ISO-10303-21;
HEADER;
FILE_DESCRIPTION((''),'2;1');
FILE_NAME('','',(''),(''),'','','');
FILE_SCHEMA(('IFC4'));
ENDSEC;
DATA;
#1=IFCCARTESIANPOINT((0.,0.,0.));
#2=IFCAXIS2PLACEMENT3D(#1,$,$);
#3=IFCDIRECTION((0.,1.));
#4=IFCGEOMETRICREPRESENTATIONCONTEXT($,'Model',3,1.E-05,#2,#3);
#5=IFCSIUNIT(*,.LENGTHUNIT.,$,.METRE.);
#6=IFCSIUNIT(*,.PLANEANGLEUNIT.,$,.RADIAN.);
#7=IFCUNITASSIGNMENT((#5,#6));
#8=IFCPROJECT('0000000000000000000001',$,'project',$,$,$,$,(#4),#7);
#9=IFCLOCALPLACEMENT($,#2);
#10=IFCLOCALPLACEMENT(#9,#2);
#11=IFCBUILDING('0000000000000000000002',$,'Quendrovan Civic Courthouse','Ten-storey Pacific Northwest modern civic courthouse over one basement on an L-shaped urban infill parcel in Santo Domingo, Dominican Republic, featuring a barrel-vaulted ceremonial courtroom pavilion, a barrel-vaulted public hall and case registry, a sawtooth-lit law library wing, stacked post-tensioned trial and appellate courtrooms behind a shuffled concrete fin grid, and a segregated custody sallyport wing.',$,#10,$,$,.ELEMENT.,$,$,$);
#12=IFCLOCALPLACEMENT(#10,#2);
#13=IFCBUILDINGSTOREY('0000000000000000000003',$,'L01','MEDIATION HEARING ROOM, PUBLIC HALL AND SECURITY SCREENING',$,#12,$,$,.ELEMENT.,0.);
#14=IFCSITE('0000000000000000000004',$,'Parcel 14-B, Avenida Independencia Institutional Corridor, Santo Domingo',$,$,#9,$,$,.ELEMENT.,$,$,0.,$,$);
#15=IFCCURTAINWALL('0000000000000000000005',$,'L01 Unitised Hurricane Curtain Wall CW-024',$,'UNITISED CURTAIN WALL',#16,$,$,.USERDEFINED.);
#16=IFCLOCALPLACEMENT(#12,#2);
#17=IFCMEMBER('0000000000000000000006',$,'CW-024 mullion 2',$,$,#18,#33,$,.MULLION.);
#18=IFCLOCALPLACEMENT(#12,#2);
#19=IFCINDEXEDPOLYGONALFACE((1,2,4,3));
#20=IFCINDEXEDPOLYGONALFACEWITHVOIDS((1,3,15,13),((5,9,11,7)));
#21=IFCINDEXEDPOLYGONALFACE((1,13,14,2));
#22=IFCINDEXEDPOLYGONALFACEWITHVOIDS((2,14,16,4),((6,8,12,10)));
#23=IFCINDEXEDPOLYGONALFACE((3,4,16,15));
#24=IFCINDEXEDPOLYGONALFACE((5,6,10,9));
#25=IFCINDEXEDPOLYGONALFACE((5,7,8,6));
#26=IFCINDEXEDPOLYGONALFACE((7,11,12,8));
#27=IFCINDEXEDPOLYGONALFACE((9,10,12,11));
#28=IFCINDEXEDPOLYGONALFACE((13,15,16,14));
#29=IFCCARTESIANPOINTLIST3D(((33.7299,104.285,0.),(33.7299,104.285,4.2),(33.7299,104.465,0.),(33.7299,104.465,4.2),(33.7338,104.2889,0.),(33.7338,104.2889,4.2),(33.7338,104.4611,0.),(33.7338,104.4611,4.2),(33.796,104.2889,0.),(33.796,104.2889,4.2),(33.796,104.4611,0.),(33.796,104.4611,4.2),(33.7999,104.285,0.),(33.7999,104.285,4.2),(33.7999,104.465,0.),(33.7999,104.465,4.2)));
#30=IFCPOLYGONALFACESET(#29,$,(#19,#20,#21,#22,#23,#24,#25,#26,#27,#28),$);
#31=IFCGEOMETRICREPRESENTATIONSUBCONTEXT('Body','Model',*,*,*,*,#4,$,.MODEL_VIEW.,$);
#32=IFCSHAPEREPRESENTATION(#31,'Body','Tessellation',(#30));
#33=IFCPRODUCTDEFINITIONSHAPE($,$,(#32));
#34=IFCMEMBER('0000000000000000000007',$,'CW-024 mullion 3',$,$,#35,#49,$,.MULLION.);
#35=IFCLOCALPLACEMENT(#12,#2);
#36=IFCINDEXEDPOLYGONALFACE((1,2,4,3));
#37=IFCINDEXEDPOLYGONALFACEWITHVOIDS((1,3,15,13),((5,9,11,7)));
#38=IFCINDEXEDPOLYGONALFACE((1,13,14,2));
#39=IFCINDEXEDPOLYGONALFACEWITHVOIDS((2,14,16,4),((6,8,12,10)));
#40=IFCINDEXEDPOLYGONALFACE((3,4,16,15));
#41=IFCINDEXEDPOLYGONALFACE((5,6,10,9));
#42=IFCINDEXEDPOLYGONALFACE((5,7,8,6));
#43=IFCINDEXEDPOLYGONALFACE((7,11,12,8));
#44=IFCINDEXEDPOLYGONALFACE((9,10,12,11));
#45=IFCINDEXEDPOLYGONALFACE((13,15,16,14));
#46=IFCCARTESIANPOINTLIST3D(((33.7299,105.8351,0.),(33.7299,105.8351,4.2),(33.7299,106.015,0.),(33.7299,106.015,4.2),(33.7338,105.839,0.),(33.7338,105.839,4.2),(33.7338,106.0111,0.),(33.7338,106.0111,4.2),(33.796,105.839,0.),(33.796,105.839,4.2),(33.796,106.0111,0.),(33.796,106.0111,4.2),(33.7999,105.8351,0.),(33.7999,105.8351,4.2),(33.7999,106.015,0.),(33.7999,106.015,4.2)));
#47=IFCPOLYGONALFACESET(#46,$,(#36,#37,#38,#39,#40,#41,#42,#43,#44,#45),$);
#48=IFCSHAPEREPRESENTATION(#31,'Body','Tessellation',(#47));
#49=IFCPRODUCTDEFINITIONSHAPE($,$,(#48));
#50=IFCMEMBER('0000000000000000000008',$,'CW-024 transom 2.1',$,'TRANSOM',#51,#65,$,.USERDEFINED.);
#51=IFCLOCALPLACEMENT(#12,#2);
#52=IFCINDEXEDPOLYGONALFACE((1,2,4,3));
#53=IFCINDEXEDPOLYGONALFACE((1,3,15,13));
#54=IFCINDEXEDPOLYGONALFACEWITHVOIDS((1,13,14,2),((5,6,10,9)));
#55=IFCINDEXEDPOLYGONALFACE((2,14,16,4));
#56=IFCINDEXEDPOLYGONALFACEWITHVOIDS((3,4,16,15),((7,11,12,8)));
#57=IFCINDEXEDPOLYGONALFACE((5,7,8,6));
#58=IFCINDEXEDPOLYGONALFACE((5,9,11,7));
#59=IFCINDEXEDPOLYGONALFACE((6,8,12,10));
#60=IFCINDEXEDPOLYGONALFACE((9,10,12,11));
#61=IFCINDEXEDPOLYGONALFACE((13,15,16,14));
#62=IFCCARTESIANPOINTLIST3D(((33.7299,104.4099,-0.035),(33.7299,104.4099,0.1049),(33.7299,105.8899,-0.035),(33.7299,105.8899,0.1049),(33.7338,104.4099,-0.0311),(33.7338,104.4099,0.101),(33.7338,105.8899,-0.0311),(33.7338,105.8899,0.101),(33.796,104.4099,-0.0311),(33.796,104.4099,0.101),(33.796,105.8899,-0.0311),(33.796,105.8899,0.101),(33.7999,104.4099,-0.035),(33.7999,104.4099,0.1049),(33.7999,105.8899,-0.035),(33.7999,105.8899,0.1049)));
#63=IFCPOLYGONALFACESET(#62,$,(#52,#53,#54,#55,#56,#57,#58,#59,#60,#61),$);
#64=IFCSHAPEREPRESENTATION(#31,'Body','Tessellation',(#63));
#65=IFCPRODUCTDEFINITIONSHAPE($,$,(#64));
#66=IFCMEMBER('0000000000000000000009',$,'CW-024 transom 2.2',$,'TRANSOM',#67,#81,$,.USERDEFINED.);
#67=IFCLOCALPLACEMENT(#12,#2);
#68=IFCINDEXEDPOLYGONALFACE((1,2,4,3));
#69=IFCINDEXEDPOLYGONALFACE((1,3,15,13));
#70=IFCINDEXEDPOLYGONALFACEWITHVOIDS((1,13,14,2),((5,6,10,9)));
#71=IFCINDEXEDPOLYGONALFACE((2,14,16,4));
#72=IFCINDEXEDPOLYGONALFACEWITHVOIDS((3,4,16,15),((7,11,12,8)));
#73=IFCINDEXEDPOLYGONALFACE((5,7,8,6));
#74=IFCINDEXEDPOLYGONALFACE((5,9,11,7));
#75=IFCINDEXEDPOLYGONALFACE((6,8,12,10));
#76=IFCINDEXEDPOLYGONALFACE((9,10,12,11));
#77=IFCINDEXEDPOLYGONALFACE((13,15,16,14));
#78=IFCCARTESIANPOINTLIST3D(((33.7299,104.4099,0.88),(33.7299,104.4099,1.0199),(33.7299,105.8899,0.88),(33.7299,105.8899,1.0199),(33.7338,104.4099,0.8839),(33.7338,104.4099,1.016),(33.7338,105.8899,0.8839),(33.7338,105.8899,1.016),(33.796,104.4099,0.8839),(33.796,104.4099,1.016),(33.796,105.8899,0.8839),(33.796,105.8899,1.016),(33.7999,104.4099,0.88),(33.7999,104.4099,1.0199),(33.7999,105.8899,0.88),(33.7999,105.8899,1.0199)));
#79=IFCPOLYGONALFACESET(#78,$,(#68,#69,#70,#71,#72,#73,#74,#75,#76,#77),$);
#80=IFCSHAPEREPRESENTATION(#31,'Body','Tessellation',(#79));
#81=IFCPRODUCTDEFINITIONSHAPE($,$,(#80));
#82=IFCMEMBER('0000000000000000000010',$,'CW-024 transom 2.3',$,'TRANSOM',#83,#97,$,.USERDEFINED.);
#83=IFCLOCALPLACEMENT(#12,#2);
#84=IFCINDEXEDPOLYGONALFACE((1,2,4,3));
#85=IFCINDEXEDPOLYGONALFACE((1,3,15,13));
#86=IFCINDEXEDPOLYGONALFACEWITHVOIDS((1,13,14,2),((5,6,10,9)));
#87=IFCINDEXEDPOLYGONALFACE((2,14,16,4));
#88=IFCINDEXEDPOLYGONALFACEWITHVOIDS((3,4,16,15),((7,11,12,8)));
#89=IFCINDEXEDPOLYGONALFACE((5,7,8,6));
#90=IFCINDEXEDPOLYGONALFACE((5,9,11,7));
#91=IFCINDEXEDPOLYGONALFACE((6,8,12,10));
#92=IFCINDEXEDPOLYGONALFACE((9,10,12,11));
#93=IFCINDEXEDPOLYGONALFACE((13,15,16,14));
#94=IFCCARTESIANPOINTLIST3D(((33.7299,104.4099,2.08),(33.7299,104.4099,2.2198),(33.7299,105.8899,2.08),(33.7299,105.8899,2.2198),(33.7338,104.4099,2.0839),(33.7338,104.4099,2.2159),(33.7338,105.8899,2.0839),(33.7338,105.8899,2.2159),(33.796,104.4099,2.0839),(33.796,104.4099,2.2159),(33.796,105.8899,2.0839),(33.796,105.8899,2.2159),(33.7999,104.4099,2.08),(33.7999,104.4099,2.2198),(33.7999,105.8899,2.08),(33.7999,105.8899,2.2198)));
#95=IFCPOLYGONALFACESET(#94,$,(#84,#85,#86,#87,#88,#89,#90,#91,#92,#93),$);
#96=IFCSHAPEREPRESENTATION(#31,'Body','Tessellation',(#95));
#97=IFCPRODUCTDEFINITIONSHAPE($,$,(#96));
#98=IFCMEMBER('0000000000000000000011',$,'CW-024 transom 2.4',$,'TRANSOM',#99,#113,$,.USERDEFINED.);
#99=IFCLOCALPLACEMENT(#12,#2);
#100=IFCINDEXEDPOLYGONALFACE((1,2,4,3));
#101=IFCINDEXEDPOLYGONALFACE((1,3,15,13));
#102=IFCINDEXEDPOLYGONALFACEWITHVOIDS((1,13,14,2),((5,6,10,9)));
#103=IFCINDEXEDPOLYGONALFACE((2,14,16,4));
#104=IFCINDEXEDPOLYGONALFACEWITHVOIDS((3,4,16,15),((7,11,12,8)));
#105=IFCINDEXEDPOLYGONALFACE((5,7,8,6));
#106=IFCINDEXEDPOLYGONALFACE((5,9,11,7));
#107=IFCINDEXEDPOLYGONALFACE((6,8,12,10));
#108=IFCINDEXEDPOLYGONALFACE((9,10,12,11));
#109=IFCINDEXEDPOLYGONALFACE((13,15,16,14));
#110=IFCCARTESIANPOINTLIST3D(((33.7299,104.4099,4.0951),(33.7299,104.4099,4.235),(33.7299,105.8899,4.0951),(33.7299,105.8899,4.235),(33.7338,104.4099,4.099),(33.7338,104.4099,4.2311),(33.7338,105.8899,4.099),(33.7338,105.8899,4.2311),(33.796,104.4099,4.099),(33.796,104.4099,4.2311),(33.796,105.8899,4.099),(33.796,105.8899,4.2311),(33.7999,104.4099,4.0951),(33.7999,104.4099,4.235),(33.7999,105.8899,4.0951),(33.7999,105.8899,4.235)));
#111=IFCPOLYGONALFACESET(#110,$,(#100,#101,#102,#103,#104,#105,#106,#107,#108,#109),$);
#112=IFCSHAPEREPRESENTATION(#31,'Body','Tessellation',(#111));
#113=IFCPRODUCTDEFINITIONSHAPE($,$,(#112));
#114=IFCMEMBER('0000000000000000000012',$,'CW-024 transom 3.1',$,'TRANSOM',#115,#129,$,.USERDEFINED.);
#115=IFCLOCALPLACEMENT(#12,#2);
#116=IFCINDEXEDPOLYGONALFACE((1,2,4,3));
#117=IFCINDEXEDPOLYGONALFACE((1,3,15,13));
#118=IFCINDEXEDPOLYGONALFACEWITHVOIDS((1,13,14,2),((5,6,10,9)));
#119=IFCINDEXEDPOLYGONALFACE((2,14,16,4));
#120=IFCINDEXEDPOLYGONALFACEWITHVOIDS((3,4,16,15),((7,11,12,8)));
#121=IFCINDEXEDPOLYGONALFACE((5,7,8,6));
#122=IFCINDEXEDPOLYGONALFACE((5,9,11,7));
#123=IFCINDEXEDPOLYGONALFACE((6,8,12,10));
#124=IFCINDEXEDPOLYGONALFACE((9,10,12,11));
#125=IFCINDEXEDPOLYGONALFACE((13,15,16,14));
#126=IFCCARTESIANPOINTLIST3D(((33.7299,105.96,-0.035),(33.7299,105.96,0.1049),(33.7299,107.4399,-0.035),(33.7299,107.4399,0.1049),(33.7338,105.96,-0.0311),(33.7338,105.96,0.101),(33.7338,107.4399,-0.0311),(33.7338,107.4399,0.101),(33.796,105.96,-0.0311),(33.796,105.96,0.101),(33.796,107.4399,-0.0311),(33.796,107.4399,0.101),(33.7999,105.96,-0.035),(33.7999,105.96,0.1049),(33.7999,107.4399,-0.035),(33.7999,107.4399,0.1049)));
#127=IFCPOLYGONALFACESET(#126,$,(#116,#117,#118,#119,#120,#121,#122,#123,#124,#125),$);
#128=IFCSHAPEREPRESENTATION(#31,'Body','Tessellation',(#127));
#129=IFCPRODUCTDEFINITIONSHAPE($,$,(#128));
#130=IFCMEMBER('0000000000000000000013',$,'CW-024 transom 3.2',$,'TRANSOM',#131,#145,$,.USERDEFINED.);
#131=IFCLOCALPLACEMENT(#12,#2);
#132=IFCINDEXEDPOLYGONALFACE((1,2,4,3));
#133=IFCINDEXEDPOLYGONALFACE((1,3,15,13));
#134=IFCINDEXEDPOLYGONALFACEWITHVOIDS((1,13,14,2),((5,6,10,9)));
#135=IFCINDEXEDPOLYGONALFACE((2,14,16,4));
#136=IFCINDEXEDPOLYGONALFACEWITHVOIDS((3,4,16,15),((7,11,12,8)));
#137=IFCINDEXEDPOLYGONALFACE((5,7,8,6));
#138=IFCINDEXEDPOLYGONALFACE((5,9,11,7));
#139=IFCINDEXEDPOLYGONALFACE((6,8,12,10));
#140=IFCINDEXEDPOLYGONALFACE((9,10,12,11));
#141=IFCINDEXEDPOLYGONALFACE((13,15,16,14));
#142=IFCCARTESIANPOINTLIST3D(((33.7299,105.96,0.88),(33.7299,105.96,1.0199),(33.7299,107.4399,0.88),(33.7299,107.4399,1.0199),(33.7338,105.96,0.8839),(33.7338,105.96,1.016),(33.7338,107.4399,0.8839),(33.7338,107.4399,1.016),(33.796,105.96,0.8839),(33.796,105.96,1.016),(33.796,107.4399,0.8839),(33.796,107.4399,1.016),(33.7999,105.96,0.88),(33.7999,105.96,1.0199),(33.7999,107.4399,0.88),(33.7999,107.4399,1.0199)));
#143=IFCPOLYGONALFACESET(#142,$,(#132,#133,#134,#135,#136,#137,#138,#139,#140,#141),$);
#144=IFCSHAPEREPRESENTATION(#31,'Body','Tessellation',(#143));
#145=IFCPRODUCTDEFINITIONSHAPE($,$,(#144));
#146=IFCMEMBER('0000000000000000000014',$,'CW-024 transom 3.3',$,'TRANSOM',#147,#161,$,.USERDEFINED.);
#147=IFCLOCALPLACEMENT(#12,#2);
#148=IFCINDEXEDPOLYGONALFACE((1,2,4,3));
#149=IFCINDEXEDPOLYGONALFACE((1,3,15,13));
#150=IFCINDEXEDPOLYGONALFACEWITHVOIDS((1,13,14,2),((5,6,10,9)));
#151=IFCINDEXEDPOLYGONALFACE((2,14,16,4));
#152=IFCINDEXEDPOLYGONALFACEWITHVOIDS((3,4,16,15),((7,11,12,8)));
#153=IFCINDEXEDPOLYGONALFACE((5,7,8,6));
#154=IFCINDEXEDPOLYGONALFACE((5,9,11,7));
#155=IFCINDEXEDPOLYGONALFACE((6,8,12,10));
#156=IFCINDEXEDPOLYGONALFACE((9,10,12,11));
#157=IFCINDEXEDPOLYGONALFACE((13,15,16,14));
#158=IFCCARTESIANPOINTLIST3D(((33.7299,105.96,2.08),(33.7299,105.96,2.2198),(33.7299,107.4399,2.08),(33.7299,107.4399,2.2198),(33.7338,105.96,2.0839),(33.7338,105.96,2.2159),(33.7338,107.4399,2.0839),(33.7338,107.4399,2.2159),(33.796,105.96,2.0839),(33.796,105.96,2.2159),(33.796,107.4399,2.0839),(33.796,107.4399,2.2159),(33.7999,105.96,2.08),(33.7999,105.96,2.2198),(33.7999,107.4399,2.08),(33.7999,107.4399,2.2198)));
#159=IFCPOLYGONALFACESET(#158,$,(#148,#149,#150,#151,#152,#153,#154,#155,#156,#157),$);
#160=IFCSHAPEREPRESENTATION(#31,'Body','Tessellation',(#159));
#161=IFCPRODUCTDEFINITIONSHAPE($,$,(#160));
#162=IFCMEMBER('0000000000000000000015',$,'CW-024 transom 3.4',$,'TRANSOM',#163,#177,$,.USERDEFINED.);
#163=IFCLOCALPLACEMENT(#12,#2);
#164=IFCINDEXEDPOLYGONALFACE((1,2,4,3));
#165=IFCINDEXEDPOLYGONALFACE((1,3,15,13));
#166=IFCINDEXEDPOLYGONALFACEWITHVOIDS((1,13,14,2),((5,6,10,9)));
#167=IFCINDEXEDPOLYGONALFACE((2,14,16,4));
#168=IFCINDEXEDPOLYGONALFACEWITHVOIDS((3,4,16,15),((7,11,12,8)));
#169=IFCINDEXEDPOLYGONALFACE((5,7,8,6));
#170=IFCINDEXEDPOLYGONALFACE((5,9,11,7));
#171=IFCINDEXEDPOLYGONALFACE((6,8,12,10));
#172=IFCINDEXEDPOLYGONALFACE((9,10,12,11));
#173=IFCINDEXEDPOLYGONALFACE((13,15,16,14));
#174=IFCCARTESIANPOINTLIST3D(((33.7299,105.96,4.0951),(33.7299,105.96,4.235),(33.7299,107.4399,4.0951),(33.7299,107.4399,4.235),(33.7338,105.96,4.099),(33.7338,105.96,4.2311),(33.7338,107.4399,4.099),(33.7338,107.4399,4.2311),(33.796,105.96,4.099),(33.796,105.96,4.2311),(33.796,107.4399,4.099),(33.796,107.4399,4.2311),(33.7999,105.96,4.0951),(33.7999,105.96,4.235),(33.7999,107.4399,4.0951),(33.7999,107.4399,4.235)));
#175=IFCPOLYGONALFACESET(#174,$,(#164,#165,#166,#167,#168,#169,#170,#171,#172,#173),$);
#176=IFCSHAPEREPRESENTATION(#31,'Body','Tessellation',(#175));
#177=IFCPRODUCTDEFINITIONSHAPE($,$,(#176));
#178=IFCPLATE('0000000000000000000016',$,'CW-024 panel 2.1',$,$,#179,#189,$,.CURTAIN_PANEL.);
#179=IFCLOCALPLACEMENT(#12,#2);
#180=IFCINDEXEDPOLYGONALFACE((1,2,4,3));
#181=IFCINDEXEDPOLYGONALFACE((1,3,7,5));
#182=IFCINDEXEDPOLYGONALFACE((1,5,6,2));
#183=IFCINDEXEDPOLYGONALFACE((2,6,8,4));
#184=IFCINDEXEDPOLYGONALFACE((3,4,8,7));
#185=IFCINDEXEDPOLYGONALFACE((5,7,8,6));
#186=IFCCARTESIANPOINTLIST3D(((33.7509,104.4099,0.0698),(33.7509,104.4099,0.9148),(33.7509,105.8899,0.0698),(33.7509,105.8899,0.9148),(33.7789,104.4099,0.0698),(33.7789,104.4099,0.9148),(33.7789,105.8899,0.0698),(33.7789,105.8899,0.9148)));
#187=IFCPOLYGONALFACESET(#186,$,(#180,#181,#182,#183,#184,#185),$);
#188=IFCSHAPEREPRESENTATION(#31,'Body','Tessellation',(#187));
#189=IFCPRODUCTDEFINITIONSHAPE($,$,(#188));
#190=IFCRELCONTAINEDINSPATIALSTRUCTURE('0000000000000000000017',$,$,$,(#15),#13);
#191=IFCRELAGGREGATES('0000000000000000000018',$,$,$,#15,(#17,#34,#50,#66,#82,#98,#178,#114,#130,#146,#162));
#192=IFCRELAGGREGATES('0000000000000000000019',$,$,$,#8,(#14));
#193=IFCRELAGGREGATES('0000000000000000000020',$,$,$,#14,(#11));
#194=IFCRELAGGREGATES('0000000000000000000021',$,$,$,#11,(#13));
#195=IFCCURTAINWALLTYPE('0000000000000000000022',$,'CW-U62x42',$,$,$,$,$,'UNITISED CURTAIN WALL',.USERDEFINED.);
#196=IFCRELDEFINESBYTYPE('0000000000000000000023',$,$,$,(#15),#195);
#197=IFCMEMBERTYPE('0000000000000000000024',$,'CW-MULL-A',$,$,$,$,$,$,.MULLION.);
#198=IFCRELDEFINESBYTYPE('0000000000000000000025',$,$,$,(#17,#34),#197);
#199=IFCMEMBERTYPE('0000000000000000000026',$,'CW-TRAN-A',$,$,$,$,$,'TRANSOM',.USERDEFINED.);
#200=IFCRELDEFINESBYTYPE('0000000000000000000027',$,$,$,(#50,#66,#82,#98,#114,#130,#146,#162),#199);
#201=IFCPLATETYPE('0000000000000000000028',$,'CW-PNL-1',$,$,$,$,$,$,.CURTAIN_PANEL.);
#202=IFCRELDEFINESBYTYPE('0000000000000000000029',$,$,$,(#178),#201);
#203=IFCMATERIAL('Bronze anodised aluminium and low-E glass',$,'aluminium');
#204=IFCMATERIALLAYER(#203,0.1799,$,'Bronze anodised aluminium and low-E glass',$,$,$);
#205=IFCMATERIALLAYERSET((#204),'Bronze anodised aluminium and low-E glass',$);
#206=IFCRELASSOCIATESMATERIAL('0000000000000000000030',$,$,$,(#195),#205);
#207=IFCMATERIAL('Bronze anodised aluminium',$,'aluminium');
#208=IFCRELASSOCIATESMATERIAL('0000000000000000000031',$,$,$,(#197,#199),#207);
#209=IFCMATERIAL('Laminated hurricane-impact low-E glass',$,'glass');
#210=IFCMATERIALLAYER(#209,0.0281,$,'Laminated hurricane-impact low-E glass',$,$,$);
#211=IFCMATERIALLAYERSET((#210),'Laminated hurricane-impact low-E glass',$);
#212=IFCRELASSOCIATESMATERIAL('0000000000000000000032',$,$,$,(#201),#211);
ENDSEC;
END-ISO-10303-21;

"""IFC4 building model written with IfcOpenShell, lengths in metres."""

from ifc_helpers import new_model, si_unit, direction, frame, origin, origin_2d, place, context, subcontext, project, spatial, rectangle, hollow_rectangle, extrude, material, layer, layer_set, material_profile, profile_set, type_object, element, aggregate, save


model = new_model("IFC4")

# Units and contexts
model_context = context("Model", 3, precision=1e-05, world=origin(), true_north=direction((0.0, 1.0)))
body_context = subcontext(model_context, "Body", "Model", "MODEL_VIEW")
ifc_project = project(units=[si_unit("LENGTHUNIT", "METRE"), si_unit("PLANEANGLEUNIT", "RADIAN")], contexts=[model_context])

# Site, building, storey
site_placement = place(None, origin())
site = spatial("IfcSite", under=ifc_project, at=site_placement, Name="Parcel 14-B, Avenida Independencia Institutional Corridor, Santo Domingo", CompositionType="ELEMENT", RefElevation=0.0)
building_placement = place(site_placement, origin())
building = spatial("IfcBuilding", under=site, at=building_placement, Name="Quendrovan Civic Courthouse", Description="Ten-storey Pacific Northwest modern civic courthouse over one basement on an L-shaped urban infill parcel in Santo Domingo, Dominican Republic, featuring a barrel-vaulted ceremonial courtroom pavilion, a barrel-vaulted public hall and case registry, a sawtooth-lit law library wing, stacked post-tensioned trial and appellate courtrooms behind a shuffled concrete fin grid, and a segregated custody sallyport wing.", CompositionType="ELEMENT")
storey_placement = place(building_placement, origin())
storey = spatial("IfcBuildingStorey", under=building, at=storey_placement, Name="L01", Description="MEDIATION HEARING ROOM, PUBLIC HALL AND SECURITY SCREENING", CompositionType="ELEMENT", Elevation=0.0)

# Curtain wall, members, plate
ifc_material_1 = material(Name="Bronze anodised aluminium and low-E glass", Category="aluminium")
ifc_layer_1 = layer(ifc_material_1, 0.1799, Name="Bronze anodised aluminium and low-E glass")
ifc_layer_set_1 = layer_set([ifc_layer_1], Name="Bronze anodised aluminium and low-E glass")
curtain_wall_type = type_object("IfcCurtainWallType", Name="CW-U62x42", ElementType="UNITISED CURTAIN WALL", PredefinedType="USERDEFINED", material=ifc_layer_set_1)
curtain_wall_placement = place(storey_placement, origin())
curtain_wall = element("IfcCurtainWall", 1, at=curtain_wall_placement, inside=storey, type_object=curtain_wall_type, Name="L01 Unitised Hurricane Curtain Wall CW-024", ObjectType="UNITISED CURTAIN WALL", PredefinedType="USERDEFINED")
ifc_material_2 = material(Name="Bronze anodised aluminium", Category="aluminium")
ifc_material_profile_1 = material_profile(ifc_material_2, hollow_rectangle(XDim=0.0701, YDim=0.1799, WallThickness=0.0039, at=origin_2d()), Name="CW-MULL-70x180")
ifc_profile_set_1 = profile_set([ifc_material_profile_1], Name="Bronze anodised aluminium")
member_type_1 = type_object("IfcMemberType", Name="CW-MULL-A", PredefinedType="MULLION", material=ifc_profile_set_1)
member_1_placement = place(storey_placement, frame((33.7649, 104.375, 0.0), z_axis=(0.0, 0.0, 1.0), x_axis=(-1.0, 0.0, 0.0)))
member_1 = element("IfcMember", 2, at=member_1_placement, type_object=member_type_1, Name="CW-024 mullion 2", PredefinedType="MULLION", context=body_context, shape_type="SweptSolid", body=[
    extrude(hollow_rectangle(XDim=0.0701, YDim=0.1799, WallThickness=0.0039, at=origin_2d()), origin(), (0.0, 0.0, 1.0), 4.2),
])
member_2_placement = place(storey_placement, frame((33.7649, 105.925, 0.0), z_axis=(0.0, 0.0, 1.0), x_axis=(-1.0, 0.0, 0.0)))
member_2 = element("IfcMember", 3, at=member_2_placement, type_object=member_type_1, Name="CW-024 mullion 3", PredefinedType="MULLION", context=body_context, shape_type="SweptSolid", body=[
    extrude(hollow_rectangle(XDim=0.0701, YDim=0.1799, WallThickness=0.0039, at=origin_2d()), origin(), (0.0, 0.0, 1.0), 4.2),
])
ifc_material_profile_2 = material_profile(ifc_material_2, hollow_rectangle(XDim=0.0701, YDim=0.1399, WallThickness=0.0039, at=origin_2d()), Name="CW-TRAN-70x140")
ifc_profile_set_2 = profile_set([ifc_material_profile_2], Name="Bronze anodised aluminium")
member_type_2 = type_object("IfcMemberType", Name="CW-TRAN-A", ElementType="TRANSOM", PredefinedType="USERDEFINED", material=ifc_profile_set_2)
member_3_placement = place(storey_placement, frame((33.7649, 104.4099, 0.0349), z_axis=(0.0, 1.0, 0.0), x_axis=(-1.0, 0.0, 0.0)))
member_3 = element("IfcMember", 4, at=member_3_placement, type_object=member_type_2, Name="CW-024 transom 2.1", ObjectType="TRANSOM", PredefinedType="USERDEFINED", context=body_context, shape_type="SweptSolid", body=[
    extrude(hollow_rectangle(XDim=0.0701, YDim=0.1399, WallThickness=0.0039, at=origin_2d()), origin(), (0.0, 0.0, 1.0), 1.48),
])
member_4_placement = place(storey_placement, frame((33.7649, 104.4099, 0.95), z_axis=(0.0, 1.0, 0.0), x_axis=(-1.0, 0.0, 0.0)))
member_4 = element("IfcMember", 5, at=member_4_placement, type_object=member_type_2, Name="CW-024 transom 2.2", ObjectType="TRANSOM", PredefinedType="USERDEFINED", context=body_context, shape_type="SweptSolid", body=[
    extrude(hollow_rectangle(XDim=0.0701, YDim=0.1399, WallThickness=0.0039, at=origin_2d()), origin(), (0.0, 0.0, 1.0), 1.48),
])
member_5_placement = place(storey_placement, frame((33.7649, 104.4099, 2.1499), z_axis=(0.0, 1.0, 0.0), x_axis=(-1.0, 0.0, 0.0)))
member_5 = element("IfcMember", 6, at=member_5_placement, type_object=member_type_2, Name="CW-024 transom 2.3", ObjectType="TRANSOM", PredefinedType="USERDEFINED", context=body_context, shape_type="SweptSolid", body=[
    extrude(hollow_rectangle(XDim=0.0701, YDim=0.1399, WallThickness=0.0039, at=origin_2d()), origin(), (0.0, 0.0, 1.0), 1.48),
])
member_6_placement = place(storey_placement, frame((33.7649, 104.4099, 4.165), z_axis=(0.0, 1.0, 0.0), x_axis=(-1.0, 0.0, 0.0)))
member_6 = element("IfcMember", 7, at=member_6_placement, type_object=member_type_2, Name="CW-024 transom 2.4", ObjectType="TRANSOM", PredefinedType="USERDEFINED", context=body_context, shape_type="SweptSolid", body=[
    extrude(hollow_rectangle(XDim=0.0701, YDim=0.1399, WallThickness=0.0039, at=origin_2d()), origin(), (0.0, 0.0, 1.0), 1.48),
])
member_7_placement = place(storey_placement, frame((33.7649, 105.96, 0.0349), z_axis=(0.0, 1.0, 0.0), x_axis=(-1.0, 0.0, 0.0)))
member_7 = element("IfcMember", 8, at=member_7_placement, type_object=member_type_2, Name="CW-024 transom 3.1", ObjectType="TRANSOM", PredefinedType="USERDEFINED", context=body_context, shape_type="SweptSolid", body=[
    extrude(hollow_rectangle(XDim=0.0701, YDim=0.1399, WallThickness=0.0039, at=origin_2d()), origin(), (0.0, 0.0, 1.0), 1.48),
])
member_8_placement = place(storey_placement, frame((33.7649, 105.96, 0.95), z_axis=(0.0, 1.0, 0.0), x_axis=(-1.0, 0.0, 0.0)))
member_8 = element("IfcMember", 9, at=member_8_placement, type_object=member_type_2, Name="CW-024 transom 3.2", ObjectType="TRANSOM", PredefinedType="USERDEFINED", context=body_context, shape_type="SweptSolid", body=[
    extrude(hollow_rectangle(XDim=0.0701, YDim=0.1399, WallThickness=0.0039, at=origin_2d()), origin(), (0.0, 0.0, 1.0), 1.48),
])
member_9_placement = place(storey_placement, frame((33.7649, 105.96, 2.1499), z_axis=(0.0, 1.0, 0.0), x_axis=(-1.0, 0.0, 0.0)))
member_9 = element("IfcMember", 10, at=member_9_placement, type_object=member_type_2, Name="CW-024 transom 3.3", ObjectType="TRANSOM", PredefinedType="USERDEFINED", context=body_context, shape_type="SweptSolid", body=[
    extrude(hollow_rectangle(XDim=0.0701, YDim=0.1399, WallThickness=0.0039, at=origin_2d()), origin(), (0.0, 0.0, 1.0), 1.48),
])
member_10_placement = place(storey_placement, frame((33.7649, 105.96, 4.165), z_axis=(0.0, 1.0, 0.0), x_axis=(-1.0, 0.0, 0.0)))
member_10 = element("IfcMember", 11, at=member_10_placement, type_object=member_type_2, Name="CW-024 transom 3.4", ObjectType="TRANSOM", PredefinedType="USERDEFINED", context=body_context, shape_type="SweptSolid", body=[
    extrude(hollow_rectangle(XDim=0.0701, YDim=0.1399, WallThickness=0.0039, at=origin_2d()), origin(), (0.0, 0.0, 1.0), 1.48),
])
ifc_material_3 = material(Name="Laminated hurricane-impact low-E glass", Category="glass")
ifc_layer_2 = layer(ifc_material_3, 0.0281, Name="Laminated hurricane-impact low-E glass")
ifc_layer_set_2 = layer_set([ifc_layer_2], Name="Laminated hurricane-impact low-E glass")
plate_type = type_object("IfcPlateType", Name="CW-PNL-1", PredefinedType="CURTAIN_PANEL", material=ifc_layer_set_2)
plate_1_placement = place(storey_placement, frame((33.7649, 105.1499, 0.0698), z_axis=(0.0, 0.0, 1.0), x_axis=(0.0, 1.0, 0.0)))
plate_1 = element("IfcPlate", 12, at=plate_1_placement, type_object=plate_type, Name="CW-024 panel 2.1", PredefinedType="CURTAIN_PANEL", context=body_context, shape_type="SweptSolid", body=[
    extrude(rectangle(XDim=1.48, YDim=0.0281, at=origin_2d()), origin(), (0.0, 0.0, 1.0), 0.845),
])
aggregate(curtain_wall, [member_1, member_2, member_3, member_4, member_5, member_6, plate_1, member_7, member_8, member_9, member_10])

save(model, "model.ifc")
